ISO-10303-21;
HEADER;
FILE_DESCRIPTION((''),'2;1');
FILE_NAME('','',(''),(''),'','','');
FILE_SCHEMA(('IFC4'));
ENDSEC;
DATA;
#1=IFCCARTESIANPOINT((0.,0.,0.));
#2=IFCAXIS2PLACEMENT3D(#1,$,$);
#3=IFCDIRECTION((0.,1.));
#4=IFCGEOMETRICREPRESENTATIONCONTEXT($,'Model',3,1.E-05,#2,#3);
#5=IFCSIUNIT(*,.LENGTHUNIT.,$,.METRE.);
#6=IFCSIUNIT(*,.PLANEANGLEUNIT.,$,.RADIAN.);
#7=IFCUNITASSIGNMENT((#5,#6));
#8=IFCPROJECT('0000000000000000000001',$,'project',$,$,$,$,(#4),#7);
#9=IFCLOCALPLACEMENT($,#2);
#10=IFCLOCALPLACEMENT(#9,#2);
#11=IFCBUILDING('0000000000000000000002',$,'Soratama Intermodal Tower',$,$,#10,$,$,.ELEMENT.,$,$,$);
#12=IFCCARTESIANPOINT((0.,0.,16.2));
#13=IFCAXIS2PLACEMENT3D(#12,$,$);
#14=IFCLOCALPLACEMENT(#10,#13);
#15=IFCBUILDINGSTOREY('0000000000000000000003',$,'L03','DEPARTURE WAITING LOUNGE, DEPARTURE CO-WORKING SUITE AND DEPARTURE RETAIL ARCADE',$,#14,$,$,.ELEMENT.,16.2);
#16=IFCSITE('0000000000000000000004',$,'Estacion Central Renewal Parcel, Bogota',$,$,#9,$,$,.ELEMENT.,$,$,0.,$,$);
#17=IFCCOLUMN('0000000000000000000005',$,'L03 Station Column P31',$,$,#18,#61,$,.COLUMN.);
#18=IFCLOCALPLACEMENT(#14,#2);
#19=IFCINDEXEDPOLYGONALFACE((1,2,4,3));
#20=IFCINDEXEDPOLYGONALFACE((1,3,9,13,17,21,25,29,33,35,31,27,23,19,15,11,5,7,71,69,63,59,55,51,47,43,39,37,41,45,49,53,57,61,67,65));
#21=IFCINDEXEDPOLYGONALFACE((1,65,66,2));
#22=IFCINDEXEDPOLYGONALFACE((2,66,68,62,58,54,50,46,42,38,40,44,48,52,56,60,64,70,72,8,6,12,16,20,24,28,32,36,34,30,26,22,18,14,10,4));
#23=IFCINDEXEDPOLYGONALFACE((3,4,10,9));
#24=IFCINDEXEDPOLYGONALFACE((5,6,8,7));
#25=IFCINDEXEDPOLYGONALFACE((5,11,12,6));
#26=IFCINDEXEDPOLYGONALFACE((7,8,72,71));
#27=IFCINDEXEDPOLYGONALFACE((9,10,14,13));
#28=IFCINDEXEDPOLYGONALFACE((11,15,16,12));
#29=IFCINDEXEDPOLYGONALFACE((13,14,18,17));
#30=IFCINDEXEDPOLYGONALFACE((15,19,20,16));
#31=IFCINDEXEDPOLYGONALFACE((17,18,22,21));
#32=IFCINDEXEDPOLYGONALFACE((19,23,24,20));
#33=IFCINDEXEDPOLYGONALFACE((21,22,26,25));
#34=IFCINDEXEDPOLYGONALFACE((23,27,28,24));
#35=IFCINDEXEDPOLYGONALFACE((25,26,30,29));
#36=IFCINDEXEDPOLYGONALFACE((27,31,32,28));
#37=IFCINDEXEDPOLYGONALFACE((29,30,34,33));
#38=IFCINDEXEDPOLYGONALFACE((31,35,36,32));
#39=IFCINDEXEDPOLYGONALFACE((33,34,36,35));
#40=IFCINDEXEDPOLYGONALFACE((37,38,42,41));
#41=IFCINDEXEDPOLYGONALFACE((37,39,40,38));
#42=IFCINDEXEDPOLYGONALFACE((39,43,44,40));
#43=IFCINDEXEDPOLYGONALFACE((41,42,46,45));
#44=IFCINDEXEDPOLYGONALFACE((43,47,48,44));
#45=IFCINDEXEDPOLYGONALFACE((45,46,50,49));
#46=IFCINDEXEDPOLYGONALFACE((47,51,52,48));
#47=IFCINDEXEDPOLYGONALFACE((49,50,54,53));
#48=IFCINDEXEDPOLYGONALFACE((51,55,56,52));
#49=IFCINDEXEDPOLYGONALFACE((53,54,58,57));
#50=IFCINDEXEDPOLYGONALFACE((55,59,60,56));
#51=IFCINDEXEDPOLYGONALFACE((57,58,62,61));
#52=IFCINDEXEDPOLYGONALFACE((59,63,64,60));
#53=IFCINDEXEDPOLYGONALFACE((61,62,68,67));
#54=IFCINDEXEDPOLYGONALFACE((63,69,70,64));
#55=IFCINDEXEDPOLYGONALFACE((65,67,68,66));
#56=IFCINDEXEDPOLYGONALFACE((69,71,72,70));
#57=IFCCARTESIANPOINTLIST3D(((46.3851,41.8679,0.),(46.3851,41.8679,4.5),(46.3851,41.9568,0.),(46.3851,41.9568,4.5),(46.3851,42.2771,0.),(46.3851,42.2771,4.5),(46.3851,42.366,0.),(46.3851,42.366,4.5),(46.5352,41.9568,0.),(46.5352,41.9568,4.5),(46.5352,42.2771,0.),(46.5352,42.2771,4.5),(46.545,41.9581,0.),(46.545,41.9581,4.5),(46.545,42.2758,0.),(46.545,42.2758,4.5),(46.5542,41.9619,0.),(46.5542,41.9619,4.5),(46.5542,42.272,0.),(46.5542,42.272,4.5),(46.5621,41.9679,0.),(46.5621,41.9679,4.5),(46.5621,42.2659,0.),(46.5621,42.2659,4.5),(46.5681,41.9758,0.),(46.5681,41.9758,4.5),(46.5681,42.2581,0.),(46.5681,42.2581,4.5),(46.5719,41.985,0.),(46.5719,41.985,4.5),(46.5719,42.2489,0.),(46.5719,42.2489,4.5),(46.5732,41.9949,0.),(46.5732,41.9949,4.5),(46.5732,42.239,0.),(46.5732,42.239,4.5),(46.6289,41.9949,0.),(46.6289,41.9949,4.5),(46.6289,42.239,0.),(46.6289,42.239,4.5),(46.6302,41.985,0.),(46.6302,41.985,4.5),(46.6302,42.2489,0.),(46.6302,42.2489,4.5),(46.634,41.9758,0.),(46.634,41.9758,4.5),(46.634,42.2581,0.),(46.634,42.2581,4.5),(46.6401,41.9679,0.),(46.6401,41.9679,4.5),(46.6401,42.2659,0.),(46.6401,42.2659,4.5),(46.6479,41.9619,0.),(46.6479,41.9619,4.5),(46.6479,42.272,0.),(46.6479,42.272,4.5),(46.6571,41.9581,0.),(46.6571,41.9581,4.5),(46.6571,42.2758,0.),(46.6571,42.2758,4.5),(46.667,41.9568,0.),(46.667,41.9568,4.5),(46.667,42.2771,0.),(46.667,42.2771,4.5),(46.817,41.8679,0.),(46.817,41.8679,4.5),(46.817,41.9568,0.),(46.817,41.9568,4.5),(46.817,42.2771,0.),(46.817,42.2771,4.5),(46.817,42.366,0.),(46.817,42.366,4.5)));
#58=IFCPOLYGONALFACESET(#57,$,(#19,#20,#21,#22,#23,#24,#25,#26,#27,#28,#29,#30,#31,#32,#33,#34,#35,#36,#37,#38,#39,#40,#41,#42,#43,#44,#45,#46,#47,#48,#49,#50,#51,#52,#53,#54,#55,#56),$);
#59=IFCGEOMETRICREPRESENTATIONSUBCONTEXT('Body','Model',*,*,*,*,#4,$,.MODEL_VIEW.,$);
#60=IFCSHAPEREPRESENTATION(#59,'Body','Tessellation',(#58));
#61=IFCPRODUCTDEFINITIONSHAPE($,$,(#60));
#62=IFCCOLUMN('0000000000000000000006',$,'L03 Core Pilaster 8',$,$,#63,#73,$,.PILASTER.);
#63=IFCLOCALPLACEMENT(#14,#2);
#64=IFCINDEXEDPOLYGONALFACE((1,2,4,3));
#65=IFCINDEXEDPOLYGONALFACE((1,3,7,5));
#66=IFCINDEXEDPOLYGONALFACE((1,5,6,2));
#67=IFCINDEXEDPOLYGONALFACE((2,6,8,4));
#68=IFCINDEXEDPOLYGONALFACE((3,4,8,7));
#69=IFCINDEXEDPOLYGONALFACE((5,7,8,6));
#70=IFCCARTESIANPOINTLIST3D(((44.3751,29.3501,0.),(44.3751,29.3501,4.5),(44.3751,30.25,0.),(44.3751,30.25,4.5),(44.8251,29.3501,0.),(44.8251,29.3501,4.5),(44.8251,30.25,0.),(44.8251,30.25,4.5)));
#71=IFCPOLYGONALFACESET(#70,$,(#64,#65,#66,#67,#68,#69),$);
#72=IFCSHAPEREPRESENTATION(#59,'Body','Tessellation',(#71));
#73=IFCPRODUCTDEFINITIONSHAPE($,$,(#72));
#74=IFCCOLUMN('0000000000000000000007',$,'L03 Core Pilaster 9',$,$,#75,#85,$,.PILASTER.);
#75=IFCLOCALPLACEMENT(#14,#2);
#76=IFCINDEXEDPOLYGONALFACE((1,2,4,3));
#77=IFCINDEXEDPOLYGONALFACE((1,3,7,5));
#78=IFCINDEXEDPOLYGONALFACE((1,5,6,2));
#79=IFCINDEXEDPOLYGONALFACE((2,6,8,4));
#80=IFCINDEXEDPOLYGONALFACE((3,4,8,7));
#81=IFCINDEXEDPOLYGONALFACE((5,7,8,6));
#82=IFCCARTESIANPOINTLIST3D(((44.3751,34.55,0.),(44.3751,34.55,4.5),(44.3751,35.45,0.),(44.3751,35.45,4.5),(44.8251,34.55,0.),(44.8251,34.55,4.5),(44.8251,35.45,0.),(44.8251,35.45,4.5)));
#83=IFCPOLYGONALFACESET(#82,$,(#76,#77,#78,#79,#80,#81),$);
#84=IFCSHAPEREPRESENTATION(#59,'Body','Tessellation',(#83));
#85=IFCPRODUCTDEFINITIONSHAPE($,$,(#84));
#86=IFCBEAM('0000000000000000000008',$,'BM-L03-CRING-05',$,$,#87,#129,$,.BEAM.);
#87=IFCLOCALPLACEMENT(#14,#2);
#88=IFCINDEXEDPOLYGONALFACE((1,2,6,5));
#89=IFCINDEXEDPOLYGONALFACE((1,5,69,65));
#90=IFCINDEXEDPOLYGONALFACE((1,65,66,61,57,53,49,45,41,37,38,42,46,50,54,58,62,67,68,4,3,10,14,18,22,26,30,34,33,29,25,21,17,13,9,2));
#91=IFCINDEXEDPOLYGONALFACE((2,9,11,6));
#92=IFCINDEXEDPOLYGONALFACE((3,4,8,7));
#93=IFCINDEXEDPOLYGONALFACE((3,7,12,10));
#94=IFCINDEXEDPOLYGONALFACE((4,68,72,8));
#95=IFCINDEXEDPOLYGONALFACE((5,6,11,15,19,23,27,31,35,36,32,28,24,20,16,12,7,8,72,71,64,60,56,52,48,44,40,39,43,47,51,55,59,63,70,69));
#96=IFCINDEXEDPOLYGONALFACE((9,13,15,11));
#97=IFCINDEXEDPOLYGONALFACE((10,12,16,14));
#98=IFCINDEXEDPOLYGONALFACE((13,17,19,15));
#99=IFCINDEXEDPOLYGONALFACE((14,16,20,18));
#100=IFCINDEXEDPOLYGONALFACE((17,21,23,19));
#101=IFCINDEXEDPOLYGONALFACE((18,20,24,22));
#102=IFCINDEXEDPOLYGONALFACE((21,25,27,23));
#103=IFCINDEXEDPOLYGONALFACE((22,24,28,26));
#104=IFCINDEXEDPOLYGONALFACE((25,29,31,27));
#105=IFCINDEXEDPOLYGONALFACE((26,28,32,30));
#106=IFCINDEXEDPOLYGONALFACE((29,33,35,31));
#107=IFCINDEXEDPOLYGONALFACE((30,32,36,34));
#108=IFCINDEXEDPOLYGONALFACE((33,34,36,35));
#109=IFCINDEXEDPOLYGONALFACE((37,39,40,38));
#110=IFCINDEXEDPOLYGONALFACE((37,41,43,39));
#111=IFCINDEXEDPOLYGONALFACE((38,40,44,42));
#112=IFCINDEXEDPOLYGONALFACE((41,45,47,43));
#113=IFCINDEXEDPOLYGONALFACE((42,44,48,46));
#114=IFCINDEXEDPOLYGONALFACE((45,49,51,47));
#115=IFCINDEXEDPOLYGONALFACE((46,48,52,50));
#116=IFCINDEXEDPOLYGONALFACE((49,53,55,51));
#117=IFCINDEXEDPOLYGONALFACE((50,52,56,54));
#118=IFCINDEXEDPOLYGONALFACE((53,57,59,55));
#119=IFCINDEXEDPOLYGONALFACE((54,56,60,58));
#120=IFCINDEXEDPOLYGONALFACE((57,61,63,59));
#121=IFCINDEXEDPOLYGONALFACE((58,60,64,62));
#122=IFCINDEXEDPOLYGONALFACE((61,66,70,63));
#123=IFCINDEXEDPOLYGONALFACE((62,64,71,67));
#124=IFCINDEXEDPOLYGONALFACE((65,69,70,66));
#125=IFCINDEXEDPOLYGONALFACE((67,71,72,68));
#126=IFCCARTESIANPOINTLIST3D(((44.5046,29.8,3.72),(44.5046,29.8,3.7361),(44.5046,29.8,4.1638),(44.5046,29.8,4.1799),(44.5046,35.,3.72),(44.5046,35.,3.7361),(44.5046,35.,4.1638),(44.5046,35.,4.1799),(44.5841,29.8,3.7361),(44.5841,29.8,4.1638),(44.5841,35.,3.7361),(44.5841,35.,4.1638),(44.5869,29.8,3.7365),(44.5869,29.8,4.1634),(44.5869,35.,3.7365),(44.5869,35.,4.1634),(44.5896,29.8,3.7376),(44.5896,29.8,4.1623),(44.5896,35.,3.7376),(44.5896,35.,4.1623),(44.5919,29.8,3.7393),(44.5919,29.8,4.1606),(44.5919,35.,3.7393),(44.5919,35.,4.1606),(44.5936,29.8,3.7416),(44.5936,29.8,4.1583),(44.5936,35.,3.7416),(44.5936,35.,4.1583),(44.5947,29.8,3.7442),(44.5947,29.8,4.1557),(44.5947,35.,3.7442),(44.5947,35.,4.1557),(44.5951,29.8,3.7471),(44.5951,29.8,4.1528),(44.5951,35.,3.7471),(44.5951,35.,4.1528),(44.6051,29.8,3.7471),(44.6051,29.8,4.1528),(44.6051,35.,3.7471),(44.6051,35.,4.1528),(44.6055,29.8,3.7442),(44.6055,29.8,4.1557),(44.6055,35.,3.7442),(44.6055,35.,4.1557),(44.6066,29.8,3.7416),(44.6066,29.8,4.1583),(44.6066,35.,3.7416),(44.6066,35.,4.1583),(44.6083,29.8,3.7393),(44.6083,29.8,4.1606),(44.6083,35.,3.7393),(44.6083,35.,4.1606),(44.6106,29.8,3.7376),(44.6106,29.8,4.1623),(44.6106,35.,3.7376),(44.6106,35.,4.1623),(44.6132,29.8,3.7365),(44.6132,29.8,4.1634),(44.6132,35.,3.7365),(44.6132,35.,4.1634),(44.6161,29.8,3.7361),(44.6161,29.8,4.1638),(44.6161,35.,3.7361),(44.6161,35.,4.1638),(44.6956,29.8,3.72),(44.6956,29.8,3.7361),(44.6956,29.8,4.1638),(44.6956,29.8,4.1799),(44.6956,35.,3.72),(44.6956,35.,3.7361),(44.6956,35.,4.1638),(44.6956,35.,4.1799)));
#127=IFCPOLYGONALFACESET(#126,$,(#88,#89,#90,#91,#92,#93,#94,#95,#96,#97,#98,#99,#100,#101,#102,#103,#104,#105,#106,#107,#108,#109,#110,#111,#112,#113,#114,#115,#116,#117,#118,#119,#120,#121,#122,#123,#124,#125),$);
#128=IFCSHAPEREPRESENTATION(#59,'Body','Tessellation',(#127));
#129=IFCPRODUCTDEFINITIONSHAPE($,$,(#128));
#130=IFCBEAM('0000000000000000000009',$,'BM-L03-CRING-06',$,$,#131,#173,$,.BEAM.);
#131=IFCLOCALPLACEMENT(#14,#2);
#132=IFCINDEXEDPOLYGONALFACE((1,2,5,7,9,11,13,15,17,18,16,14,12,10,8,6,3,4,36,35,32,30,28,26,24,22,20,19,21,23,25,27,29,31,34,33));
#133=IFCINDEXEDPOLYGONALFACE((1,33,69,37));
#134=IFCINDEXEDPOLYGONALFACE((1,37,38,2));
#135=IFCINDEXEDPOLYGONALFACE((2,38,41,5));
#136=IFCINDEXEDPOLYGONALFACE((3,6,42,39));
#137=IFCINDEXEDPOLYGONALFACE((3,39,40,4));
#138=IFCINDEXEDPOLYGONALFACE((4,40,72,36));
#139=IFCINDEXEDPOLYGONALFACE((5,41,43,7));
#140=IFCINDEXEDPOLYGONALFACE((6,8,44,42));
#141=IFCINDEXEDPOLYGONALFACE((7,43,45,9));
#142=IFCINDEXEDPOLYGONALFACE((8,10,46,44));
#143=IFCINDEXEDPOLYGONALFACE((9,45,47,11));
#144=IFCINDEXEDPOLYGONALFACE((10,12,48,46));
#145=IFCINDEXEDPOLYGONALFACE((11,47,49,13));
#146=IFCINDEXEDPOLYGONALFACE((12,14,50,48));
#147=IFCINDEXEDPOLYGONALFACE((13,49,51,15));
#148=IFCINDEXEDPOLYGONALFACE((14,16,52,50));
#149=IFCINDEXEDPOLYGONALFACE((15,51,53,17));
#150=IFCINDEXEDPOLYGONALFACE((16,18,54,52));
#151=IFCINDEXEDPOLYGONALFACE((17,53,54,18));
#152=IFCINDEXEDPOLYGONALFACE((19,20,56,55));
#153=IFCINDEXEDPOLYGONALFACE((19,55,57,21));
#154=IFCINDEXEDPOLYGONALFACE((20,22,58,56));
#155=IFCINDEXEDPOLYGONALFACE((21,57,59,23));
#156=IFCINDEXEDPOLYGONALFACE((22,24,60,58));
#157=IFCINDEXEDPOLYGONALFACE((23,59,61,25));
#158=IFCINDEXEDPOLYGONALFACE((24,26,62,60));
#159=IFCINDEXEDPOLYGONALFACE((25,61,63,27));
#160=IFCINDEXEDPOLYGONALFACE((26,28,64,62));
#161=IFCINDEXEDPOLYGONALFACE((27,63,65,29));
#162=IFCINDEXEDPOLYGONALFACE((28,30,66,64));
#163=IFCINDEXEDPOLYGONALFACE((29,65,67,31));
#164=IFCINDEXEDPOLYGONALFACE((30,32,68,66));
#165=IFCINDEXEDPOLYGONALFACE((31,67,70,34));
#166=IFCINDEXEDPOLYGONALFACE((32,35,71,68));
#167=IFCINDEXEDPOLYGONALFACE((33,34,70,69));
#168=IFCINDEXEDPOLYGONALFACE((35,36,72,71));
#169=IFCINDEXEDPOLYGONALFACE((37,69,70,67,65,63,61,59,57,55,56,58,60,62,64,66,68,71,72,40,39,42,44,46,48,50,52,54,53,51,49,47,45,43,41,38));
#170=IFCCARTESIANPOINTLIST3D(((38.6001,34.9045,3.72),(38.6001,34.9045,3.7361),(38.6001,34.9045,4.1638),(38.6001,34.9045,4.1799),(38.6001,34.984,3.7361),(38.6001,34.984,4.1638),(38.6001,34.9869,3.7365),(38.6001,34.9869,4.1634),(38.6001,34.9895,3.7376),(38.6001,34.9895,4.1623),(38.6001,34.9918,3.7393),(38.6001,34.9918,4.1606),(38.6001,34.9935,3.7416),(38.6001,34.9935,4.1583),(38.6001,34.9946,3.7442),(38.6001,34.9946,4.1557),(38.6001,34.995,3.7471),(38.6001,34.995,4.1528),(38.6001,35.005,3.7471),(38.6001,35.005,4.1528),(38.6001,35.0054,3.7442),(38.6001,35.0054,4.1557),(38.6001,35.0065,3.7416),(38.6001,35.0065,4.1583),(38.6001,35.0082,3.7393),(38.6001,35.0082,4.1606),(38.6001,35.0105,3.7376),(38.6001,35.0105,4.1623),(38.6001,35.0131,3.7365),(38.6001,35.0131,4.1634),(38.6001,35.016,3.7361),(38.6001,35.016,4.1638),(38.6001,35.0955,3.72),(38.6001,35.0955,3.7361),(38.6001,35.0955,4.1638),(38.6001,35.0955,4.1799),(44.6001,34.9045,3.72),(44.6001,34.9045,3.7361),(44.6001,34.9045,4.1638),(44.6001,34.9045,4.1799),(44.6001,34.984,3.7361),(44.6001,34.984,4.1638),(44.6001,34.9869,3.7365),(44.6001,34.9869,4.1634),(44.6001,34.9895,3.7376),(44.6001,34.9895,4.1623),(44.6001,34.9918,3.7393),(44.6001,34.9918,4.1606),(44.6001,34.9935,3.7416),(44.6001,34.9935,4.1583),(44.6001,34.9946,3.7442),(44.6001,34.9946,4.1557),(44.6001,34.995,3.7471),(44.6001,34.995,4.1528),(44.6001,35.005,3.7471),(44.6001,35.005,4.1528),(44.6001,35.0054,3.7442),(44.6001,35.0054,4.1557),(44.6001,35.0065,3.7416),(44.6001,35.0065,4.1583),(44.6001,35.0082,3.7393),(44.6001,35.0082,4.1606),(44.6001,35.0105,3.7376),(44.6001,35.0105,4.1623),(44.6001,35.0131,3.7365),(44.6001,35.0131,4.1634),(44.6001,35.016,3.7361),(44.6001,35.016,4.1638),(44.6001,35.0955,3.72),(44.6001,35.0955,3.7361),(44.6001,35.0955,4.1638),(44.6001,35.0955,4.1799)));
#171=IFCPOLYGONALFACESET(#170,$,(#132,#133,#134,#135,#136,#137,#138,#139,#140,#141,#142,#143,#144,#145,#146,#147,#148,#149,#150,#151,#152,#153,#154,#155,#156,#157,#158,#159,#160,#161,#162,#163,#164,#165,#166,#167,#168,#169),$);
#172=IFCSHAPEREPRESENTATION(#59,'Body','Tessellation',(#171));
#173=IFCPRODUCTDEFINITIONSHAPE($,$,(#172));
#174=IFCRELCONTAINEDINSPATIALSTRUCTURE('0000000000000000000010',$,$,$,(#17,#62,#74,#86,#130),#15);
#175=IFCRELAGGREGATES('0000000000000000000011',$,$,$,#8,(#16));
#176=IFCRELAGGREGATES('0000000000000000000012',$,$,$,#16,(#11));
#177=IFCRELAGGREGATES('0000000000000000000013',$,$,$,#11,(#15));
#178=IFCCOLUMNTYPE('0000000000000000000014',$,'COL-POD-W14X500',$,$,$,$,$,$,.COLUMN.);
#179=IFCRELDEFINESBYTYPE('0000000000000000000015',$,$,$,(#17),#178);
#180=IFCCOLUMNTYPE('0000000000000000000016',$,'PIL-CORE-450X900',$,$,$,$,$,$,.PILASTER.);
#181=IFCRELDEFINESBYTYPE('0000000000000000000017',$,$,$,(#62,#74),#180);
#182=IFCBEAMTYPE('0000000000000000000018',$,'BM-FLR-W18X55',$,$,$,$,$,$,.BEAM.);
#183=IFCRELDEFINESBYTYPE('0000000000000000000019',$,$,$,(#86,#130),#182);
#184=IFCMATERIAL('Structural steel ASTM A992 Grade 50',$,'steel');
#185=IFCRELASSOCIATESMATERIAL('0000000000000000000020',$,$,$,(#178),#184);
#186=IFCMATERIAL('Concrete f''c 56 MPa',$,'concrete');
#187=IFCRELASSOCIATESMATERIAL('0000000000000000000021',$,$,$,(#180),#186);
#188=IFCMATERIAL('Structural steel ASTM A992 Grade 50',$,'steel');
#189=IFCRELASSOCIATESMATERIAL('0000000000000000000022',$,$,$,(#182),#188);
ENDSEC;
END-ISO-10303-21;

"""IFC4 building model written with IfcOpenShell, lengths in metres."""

from ifc_helpers import new_model, si_unit, direction, frame, origin, origin_2d, place, context, subcontext, project, spatial, rectangle, i_section, extrude, material, material_profile, profile_set, type_object, element, save


model = new_model("IFC4")

# Units and contexts
model_context = context("Model", 3, precision=1e-05, world=origin(), true_north=direction((0.0, 1.0)))
body_context = subcontext(model_context, "Body", "Model", "MODEL_VIEW")
ifc_project = project(units=[si_unit("LENGTHUNIT", "METRE"), si_unit("PLANEANGLEUNIT", "RADIAN")], contexts=[model_context])

# Site, building, storey
site_placement = place(None, origin())
site = spatial("IfcSite", under=ifc_project, at=site_placement, Name="Estacion Central Renewal Parcel, Bogota", CompositionType="ELEMENT", RefElevation=0.0)
building_placement = place(site_placement, origin())
building = spatial("IfcBuilding", under=site, at=building_placement, Name="Soratama Intermodal Tower", CompositionType="ELEMENT")
storey_placement = place(building_placement, frame((0.0, 0.0, 16.2)))
storey = spatial("IfcBuildingStorey", under=building, at=storey_placement, Name="L03", Description="DEPARTURE WAITING LOUNGE, DEPARTURE CO-WORKING SUITE AND DEPARTURE RETAIL ARCADE", CompositionType="ELEMENT", Elevation=16.2)

# Columns
ifc_material_1 = material(Name="Structural steel ASTM A992 Grade 50", Category="steel")
ifc_material_profile_1 = material_profile(ifc_material_1, i_section(OverallWidth=0.4319, OverallDepth=0.498, WebThickness=0.0557, FlangeThickness=0.0889, FilletRadius=0.0381, at=origin_2d()), Name="W14X500")
ifc_profile_set_1 = profile_set([ifc_material_profile_1], Name="Structural steel ASTM A992 Grade 50")
column_type_1 = type_object("IfcColumnType", Name="COL-POD-W14X500", PredefinedType="COLUMN", material=ifc_profile_set_1)
for number, where, z_axis, x_axis, name in (
    (1, (46.6011, 42.1169, 0.0), (0.0, 0.0, 1.0), (1.0, 0.0, 0.0), "L03 Station Column P31"),
):
    element("IfcColumn", number, at=place(storey_placement, frame(where, z_axis=z_axis, x_axis=x_axis)), inside=storey, type_object=column_type_1, Name=name, PredefinedType="COLUMN", context=body_context, shape_type="SweptSolid", body=[
        extrude(i_section(OverallWidth=0.4319, OverallDepth=0.498, WebThickness=0.0557, FlangeThickness=0.0889, FilletRadius=0.0381, at=origin_2d()), origin(), (0.0, 0.0, 1.0), 4.5),
    ])
ifc_material_2 = material(Name="Concrete f'c 56 MPa", Category="concrete")
ifc_material_profile_2 = material_profile(ifc_material_2, rectangle(XDim=0.45, YDim=0.8999, at=origin_2d()), Name="RC450X900")
ifc_profile_set_2 = profile_set([ifc_material_profile_2], Name="Concrete f'c 56 MPa")
column_type_2 = type_object("IfcColumnType", Name="PIL-CORE-450X900", PredefinedType="PILASTER", material=ifc_profile_set_2)
for number, where, z_axis, x_axis, name in (
    (2, (44.6001, 29.8, 0.0), (0.0, 0.0, 1.0), (1.0, 0.0, 0.0), "L03 Core Pilaster 8"),
    (3, (44.6001, 35.0, 0.0), (0.0, 0.0, 1.0), (1.0, 0.0, 0.0), "L03 Core Pilaster 9"),
):
    element("IfcColumn", number, at=place(storey_placement, frame(where, z_axis=z_axis, x_axis=x_axis)), inside=storey, type_object=column_type_2, Name=name, PredefinedType="PILASTER", context=body_context, shape_type="SweptSolid", body=[
        extrude(rectangle(XDim=0.45, YDim=0.8999, at=origin_2d()), origin(), (0.0, 0.0, 1.0), 4.5),
    ])

# Beams
ifc_material_3 = material(Name="Structural steel ASTM A992 Grade 50", Category="steel")
ifc_material_profile_3 = material_profile(ifc_material_3, i_section(OverallWidth=0.1909, OverallDepth=0.46, WebThickness=0.01, FlangeThickness=0.0161, FilletRadius=0.011, at=origin_2d()), Name="W18X55")
ifc_profile_set_3 = profile_set([ifc_material_profile_3], Name="Structural steel ASTM A992 Grade 50")
beam_type_1 = type_object("IfcBeamType", Name="BM-FLR-W18X55", PredefinedType="BEAM", material=ifc_profile_set_3)
beam_1_placement = place(storey_placement, frame((44.6001, 29.8, 3.95), z_axis=(0.0, 1.0, 0.0), x_axis=(-1.0, 0.0, 0.0)))
element("IfcBeam", 4, at=beam_1_placement, inside=storey, type_object=beam_type_1, Name="BM-L03-CRING-05", PredefinedType="BEAM", context=body_context, shape_type="SweptSolid", body=[
    extrude(i_section(OverallWidth=0.1909, OverallDepth=0.46, WebThickness=0.01, FlangeThickness=0.0161, FilletRadius=0.011, at=origin_2d()), origin(), (0.0, 0.0, 1.0), 5.2),
])
beam_2_placement = place(storey_placement, frame((44.6001, 35.0, 3.95), z_axis=(-1.0, 0.0, 0.0), x_axis=(0.0, -1.0, 0.0)))
element("IfcBeam", 5, at=beam_2_placement, inside=storey, type_object=beam_type_1, Name="BM-L03-CRING-06", PredefinedType="BEAM", context=body_context, shape_type="SweptSolid", body=[
    extrude(i_section(OverallWidth=0.1909, OverallDepth=0.46, WebThickness=0.01, FlangeThickness=0.0161, FilletRadius=0.011, at=origin_2d()), origin(), (0.0, 0.0, 1.0), 6.0),
])

save(model, "model.ifc")
